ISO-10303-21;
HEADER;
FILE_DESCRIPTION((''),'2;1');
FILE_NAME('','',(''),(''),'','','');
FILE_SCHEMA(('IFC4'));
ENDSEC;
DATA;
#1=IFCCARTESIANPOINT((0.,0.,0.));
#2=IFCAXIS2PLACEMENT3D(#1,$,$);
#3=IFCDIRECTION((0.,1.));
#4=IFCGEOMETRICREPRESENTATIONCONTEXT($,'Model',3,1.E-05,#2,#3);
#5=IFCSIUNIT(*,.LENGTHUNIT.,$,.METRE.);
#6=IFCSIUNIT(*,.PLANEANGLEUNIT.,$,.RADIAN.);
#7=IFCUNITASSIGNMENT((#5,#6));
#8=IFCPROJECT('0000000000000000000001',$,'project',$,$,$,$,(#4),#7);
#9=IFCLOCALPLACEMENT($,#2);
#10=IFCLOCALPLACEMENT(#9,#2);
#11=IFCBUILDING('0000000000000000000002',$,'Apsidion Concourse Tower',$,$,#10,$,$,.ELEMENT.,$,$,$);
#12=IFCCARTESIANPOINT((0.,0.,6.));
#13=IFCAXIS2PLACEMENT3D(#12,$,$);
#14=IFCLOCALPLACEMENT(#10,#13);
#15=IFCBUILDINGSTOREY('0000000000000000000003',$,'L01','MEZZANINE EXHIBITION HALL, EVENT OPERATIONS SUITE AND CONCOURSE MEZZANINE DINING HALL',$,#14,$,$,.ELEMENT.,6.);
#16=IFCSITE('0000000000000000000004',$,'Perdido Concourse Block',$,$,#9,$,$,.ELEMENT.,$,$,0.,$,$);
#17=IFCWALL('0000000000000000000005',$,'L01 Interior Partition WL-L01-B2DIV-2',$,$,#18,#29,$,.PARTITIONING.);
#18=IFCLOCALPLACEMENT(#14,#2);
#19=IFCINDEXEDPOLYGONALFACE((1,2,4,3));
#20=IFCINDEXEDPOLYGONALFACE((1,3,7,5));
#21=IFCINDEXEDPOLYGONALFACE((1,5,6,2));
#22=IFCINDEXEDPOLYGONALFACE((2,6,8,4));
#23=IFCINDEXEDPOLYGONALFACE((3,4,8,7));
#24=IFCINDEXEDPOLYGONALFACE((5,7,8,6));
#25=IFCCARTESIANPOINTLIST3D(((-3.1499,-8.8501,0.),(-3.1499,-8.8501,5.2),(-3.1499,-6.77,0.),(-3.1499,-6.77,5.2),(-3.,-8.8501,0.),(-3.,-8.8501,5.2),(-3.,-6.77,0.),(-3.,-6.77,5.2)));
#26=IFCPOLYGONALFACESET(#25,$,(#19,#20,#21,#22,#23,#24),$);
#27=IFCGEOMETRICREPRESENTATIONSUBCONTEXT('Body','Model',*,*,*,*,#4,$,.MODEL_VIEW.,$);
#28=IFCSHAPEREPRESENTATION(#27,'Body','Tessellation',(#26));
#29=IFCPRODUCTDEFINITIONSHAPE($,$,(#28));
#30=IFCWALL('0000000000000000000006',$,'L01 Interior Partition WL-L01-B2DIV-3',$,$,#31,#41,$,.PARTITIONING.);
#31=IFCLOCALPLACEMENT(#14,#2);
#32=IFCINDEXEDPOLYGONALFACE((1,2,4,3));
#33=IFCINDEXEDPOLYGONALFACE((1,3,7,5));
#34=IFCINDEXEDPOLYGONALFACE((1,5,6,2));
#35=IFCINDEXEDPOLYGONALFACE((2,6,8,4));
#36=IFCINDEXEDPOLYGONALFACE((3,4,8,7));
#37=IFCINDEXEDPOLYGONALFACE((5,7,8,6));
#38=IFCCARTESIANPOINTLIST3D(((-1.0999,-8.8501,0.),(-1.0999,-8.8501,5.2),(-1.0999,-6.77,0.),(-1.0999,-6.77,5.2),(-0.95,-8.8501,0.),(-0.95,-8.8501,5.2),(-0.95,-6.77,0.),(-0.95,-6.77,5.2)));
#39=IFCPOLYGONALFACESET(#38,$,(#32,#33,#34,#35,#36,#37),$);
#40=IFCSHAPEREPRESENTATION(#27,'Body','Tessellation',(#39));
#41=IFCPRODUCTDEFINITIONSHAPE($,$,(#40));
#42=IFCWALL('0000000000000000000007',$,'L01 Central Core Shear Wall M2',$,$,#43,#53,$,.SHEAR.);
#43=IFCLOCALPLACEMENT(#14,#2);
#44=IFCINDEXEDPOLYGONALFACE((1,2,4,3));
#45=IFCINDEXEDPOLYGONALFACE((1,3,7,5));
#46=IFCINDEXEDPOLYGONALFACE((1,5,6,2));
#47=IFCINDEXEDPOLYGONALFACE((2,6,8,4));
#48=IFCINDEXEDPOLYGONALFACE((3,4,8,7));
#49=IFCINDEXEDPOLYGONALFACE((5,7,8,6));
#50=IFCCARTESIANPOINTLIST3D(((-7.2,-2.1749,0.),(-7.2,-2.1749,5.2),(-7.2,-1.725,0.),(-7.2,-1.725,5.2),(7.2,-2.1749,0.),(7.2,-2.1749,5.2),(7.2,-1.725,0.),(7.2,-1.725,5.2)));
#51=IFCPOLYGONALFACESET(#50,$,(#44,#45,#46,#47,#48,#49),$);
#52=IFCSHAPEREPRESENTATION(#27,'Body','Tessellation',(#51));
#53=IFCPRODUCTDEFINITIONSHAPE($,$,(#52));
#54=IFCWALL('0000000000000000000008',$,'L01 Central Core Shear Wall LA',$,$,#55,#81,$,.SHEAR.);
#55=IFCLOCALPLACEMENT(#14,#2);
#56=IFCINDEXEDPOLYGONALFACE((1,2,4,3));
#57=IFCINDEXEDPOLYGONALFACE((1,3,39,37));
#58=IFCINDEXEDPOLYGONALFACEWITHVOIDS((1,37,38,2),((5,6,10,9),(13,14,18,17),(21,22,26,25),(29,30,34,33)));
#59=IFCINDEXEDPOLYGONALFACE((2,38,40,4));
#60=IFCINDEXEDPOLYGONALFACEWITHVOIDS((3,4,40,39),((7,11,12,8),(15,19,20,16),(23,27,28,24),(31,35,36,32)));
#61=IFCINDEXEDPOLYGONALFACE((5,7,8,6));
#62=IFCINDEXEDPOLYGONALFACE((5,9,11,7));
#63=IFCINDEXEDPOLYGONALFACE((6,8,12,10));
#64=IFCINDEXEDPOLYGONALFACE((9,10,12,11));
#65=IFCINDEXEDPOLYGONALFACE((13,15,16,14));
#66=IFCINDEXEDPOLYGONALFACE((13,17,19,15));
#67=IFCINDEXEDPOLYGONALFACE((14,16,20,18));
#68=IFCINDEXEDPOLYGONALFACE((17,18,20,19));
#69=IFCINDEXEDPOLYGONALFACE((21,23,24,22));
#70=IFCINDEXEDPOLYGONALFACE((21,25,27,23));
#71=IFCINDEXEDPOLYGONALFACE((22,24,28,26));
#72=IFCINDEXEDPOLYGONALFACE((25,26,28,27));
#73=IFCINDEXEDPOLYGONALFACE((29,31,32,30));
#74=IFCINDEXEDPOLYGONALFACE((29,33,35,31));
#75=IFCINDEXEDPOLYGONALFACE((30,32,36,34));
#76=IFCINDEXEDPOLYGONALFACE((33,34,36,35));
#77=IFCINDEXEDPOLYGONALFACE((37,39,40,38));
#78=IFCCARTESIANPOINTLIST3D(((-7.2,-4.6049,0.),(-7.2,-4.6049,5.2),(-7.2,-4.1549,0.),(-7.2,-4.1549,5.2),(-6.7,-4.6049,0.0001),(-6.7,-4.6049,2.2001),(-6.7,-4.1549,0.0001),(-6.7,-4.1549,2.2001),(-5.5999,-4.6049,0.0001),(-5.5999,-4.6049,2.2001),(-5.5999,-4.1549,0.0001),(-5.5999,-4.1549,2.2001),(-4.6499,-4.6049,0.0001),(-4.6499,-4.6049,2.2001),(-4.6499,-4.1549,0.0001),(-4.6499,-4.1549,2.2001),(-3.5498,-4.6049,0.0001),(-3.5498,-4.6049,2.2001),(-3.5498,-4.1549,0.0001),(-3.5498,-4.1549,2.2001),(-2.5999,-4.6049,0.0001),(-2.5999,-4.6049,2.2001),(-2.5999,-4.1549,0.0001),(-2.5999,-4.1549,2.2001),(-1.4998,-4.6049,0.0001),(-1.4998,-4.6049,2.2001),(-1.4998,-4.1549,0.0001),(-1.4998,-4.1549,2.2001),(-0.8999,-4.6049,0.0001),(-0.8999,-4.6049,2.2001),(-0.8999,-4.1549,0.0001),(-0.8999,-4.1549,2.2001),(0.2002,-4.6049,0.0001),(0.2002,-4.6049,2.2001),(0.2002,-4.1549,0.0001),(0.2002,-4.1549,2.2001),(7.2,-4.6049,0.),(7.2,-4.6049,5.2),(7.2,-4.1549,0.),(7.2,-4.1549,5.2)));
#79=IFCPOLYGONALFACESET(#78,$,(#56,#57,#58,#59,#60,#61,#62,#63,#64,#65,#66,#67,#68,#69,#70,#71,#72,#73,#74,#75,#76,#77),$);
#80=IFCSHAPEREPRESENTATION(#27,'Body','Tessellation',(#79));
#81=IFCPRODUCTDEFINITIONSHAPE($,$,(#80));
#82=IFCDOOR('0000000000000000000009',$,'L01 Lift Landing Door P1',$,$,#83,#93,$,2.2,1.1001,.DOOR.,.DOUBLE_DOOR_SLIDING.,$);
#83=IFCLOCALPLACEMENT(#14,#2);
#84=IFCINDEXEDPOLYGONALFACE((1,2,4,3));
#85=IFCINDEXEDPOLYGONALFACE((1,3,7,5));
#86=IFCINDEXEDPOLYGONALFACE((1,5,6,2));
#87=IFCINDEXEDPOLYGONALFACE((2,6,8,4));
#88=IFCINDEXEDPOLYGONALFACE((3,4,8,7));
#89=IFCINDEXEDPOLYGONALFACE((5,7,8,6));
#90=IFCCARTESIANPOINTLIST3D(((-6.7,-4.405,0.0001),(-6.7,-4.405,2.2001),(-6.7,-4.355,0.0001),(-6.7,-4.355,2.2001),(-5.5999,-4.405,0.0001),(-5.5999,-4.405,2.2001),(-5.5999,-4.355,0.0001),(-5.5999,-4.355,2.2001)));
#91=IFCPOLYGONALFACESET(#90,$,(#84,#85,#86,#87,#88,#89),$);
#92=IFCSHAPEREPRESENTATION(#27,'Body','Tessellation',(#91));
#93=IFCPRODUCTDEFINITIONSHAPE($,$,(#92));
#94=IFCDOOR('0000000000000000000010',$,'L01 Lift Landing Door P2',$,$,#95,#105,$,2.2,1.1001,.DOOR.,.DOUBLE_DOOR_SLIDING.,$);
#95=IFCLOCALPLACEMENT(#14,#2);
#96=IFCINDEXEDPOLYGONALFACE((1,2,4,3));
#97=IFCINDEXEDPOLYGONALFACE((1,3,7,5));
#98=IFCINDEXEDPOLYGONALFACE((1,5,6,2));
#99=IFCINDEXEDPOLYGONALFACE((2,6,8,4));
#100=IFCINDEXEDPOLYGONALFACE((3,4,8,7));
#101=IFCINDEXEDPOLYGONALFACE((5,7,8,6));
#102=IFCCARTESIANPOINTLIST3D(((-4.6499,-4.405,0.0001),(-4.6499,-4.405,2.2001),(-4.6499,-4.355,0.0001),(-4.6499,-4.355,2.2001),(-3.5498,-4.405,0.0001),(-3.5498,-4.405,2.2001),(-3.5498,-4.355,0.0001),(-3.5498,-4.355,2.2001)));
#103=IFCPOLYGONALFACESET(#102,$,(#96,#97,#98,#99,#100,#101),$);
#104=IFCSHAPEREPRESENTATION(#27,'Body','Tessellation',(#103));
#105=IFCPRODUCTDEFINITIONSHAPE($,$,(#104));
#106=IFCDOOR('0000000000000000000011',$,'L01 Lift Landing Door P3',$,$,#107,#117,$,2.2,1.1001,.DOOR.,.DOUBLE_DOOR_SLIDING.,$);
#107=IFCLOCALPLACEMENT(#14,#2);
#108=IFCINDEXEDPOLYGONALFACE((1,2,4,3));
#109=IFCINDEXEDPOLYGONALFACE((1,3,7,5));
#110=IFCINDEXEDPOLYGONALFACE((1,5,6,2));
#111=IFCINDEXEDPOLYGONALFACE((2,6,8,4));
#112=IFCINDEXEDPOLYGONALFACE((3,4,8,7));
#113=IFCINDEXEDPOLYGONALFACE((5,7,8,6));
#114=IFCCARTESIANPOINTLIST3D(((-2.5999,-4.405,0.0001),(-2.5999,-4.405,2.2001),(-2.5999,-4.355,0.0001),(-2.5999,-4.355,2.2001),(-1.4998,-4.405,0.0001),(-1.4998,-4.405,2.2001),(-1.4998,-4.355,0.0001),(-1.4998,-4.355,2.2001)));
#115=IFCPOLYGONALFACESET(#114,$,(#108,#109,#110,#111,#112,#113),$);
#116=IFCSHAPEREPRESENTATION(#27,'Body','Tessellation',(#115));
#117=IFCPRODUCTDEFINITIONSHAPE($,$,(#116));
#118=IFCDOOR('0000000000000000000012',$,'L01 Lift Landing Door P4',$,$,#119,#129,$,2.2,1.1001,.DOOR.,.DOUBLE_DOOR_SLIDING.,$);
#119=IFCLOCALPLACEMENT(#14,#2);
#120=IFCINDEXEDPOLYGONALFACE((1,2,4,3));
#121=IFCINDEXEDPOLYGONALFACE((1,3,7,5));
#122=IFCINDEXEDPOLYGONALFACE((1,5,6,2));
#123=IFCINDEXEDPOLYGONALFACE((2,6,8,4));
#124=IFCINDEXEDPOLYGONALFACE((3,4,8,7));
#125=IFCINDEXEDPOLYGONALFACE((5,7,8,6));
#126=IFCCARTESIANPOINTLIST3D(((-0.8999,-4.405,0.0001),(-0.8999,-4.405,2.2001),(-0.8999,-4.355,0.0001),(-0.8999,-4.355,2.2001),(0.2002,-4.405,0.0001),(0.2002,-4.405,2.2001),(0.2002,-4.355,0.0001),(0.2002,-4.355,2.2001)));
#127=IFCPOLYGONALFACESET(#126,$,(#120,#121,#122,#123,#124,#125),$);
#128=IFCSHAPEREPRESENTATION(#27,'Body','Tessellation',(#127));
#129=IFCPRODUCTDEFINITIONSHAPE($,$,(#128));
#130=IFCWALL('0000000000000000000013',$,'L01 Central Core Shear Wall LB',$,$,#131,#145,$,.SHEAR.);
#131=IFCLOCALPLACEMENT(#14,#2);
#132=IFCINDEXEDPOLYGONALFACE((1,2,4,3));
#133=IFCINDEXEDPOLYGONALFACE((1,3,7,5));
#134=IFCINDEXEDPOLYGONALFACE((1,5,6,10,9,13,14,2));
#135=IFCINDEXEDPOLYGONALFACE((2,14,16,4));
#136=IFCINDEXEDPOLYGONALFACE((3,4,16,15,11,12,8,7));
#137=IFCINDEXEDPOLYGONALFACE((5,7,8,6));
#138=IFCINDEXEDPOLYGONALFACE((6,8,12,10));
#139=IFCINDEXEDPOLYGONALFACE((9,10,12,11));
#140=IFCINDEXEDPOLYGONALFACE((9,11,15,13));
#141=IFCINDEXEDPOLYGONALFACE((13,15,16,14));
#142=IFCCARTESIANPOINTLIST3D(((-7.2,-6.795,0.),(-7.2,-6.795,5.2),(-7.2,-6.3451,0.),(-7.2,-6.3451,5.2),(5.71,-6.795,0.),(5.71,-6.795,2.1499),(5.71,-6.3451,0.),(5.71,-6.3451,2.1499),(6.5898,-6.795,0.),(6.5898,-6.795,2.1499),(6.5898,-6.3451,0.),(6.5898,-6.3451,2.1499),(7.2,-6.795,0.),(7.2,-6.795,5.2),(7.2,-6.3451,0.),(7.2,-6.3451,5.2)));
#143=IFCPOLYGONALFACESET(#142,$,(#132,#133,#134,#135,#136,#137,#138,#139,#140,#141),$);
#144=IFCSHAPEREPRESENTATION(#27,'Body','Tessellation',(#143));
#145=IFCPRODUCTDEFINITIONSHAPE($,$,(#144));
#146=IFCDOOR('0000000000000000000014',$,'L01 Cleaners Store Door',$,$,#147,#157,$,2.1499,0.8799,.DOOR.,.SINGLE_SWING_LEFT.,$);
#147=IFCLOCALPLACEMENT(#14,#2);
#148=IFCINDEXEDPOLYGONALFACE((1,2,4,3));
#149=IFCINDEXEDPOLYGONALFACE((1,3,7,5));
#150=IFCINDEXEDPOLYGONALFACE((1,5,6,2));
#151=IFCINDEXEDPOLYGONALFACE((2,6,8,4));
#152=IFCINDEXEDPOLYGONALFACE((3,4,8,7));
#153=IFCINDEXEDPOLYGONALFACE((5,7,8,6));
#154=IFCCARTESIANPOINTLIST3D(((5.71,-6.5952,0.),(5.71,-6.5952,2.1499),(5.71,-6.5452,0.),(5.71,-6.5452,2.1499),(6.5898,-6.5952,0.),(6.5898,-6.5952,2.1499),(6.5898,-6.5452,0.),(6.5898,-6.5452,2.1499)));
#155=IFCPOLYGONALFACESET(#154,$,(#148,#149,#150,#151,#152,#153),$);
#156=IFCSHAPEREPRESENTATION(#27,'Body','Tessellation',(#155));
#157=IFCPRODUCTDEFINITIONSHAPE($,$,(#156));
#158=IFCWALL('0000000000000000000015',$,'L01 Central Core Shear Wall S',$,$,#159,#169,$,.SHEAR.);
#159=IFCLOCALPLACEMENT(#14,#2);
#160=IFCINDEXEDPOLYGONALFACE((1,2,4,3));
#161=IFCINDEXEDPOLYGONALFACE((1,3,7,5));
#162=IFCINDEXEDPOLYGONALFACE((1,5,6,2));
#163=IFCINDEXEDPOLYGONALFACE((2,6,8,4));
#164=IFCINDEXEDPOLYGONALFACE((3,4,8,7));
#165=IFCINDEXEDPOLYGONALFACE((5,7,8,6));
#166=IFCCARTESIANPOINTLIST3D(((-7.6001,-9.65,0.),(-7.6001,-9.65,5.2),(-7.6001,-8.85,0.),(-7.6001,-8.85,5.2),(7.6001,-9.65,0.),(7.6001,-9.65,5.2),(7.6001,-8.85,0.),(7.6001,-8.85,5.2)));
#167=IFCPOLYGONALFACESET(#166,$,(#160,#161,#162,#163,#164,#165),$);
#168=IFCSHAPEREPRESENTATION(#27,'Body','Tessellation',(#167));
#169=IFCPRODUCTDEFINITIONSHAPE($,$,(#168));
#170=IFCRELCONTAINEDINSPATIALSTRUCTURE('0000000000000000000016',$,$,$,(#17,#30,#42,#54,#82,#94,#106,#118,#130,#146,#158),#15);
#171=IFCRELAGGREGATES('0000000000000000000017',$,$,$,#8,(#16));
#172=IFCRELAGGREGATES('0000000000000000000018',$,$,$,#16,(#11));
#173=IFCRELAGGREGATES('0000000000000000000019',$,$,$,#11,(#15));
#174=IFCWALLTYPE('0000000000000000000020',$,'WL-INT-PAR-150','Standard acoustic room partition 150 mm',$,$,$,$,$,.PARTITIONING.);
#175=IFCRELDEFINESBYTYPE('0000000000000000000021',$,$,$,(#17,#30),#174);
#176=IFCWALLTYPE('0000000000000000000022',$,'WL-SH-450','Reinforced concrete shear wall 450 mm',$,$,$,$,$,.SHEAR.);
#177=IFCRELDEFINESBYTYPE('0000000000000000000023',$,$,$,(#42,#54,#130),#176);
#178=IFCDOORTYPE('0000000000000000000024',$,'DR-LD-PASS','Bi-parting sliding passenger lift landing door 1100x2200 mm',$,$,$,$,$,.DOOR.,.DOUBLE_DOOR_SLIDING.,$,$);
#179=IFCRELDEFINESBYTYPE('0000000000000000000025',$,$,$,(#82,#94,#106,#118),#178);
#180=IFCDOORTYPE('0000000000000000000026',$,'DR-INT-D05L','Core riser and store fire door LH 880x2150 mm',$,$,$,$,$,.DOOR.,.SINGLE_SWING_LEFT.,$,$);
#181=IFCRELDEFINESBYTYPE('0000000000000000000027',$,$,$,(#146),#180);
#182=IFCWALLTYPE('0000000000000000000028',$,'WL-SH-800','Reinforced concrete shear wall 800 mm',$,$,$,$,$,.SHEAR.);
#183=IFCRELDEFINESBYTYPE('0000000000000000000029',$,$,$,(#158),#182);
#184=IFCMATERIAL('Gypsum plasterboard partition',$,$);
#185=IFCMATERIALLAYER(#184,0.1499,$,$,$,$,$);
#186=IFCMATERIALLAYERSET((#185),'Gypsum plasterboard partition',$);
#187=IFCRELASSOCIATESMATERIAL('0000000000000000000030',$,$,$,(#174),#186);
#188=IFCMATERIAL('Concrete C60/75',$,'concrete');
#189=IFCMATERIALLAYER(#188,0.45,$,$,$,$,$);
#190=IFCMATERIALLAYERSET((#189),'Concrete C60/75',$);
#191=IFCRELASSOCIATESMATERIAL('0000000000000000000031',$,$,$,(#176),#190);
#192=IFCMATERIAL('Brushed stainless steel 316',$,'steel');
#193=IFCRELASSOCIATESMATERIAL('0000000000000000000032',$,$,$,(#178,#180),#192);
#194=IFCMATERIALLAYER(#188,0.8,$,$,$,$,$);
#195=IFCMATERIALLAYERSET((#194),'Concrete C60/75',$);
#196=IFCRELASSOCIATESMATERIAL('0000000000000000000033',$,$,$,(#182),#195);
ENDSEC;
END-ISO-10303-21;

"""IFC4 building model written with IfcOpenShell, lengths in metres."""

from ifc_helpers import new_model, si_unit, direction, frame, frame_2d, origin, place, context, subcontext, project, spatial, rectangle, extrude, material, layer, layer_set, type_object, element, fill, save


model = new_model("IFC4")

# Units and contexts
model_context = context("Model", 3, precision=1e-05, world=origin(), true_north=direction((0.0, 1.0)))
body_context = subcontext(model_context, "Body", "Model", "MODEL_VIEW")
ifc_project = project(units=[si_unit("LENGTHUNIT", "METRE"), si_unit("PLANEANGLEUNIT", "RADIAN")], contexts=[model_context])

# Site, building, storey
site_placement = place(None, origin())
site = spatial("IfcSite", under=ifc_project, at=site_placement, Name="Perdido Concourse Block", CompositionType="ELEMENT", RefElevation=0.0)
building_placement = place(site_placement, origin())
building = spatial("IfcBuilding", under=site, at=building_placement, Name="Apsidion Concourse Tower", CompositionType="ELEMENT")
storey_placement = place(building_placement, frame((0.0, 0.0, 6.0)))
storey = spatial("IfcBuildingStorey", under=building, at=storey_placement, Name="L01", Description="MEZZANINE EXHIBITION HALL, EVENT OPERATIONS SUITE AND CONCOURSE MEZZANINE DINING HALL", CompositionType="ELEMENT", Elevation=6.0)

# Shared definitions
ifc_material_1 = material(Name="Concrete C60/75", Category="concrete")

# Walls
ifc_material_2 = material(Name="Gypsum plasterboard partition")
ifc_layer_1 = layer(ifc_material_2, 0.1499)
ifc_layer_set_1 = layer_set([ifc_layer_1], Name="Gypsum plasterboard partition")
wall_type_1 = type_object("IfcWallType", Name="WL-INT-PAR-150", Description="Standard acoustic room partition 150 mm", PredefinedType="PARTITIONING", material=ifc_layer_set_1)
for number, where, z_axis, x_axis, name in (
    (1, (-3.075, -8.8501, 0.0), (0.0, 0.0, 1.0), (0.0, 1.0, 0.0), "L01 Interior Partition WL-L01-B2DIV-2"),
    (2, (-1.0249, -8.8501, 0.0), (0.0, 0.0, 1.0), (0.0, 1.0, 0.0), "L01 Interior Partition WL-L01-B2DIV-3"),
):
    element("IfcWall", number, at=place(storey_placement, frame(where, z_axis=z_axis, x_axis=x_axis)), inside=storey, type_object=wall_type_1, Name=name, PredefinedType="PARTITIONING", context=body_context, shape_type="SweptSolid", body=[
        extrude(rectangle(XDim=2.0801, YDim=0.1499, at=frame_2d((1.04, 0.0))), origin(), (0.0, 0.0, 1.0), 5.2),
    ])

# Shared definitions
ifc_material_3 = material(Name="Brushed stainless steel 316", Category="steel")

# Wall
ifc_layer_2 = layer(ifc_material_1, 0.45)
ifc_layer_set_2 = layer_set([ifc_layer_2], Name="Concrete C60/75")
wall_type_2 = type_object("IfcWallType", Name="WL-SH-450", Description="Reinforced concrete shear wall 450 mm", PredefinedType="SHEAR", material=ifc_layer_set_2)
wall_1_placement = place(storey_placement, frame((-7.2, -1.95, 0.0), z_axis=(0.0, 0.0, 1.0), x_axis=(1.0, 0.0, 0.0)))
element("IfcWall", 3, at=wall_1_placement, inside=storey, type_object=wall_type_2, Name="L01 Central Core Shear Wall M2", PredefinedType="SHEAR", context=body_context, shape_type="SweptSolid", body=[
    extrude(rectangle(XDim=14.3999, YDim=0.45, at=frame_2d((7.2, 0.0))), origin(), (0.0, 0.0, 1.0), 5.2),
])

# Wall, openings, doors
wall_2_placement = place(storey_placement, frame((-7.2, -4.3799, 0.0), z_axis=(0.0, 0.0, 1.0), x_axis=(1.0, 0.0, 0.0)))
wall_2 = element("IfcWall", 4, at=wall_2_placement, inside=storey, type_object=wall_type_2, Name="L01 Central Core Shear Wall LA", PredefinedType="SHEAR", context=body_context, shape_type="SweptSolid", body=[
    extrude(rectangle(XDim=14.3999, YDim=0.45, at=frame_2d((7.2, 0.0))), origin(), (0.0, 0.0, 1.0), 5.2),
])
opening_1_placement = place(wall_2_placement, frame((0.5, 0.0, 0.0)))
opening_1 = element("IfcOpeningElement", 5, at=opening_1_placement, cuts=wall_2, PredefinedType="OPENING", context=body_context, shape_type="SweptSolid", body=[
    extrude(rectangle(XDim=1.1001, YDim=2.2, at=frame_2d((0.55, 1.1001))), frame((0.0, 0.2349, 0.0), z_axis=(0.0, -1.0, 0.0), x_axis=(1.0, 0.0, 0.0)), (0.0, 0.0, 1.0), 0.47),
])
opening_2_placement = place(wall_2_placement, frame((2.55, 0.0, 0.0)))
opening_2 = element("IfcOpeningElement", 6, at=opening_2_placement, cuts=wall_2, PredefinedType="OPENING", context=body_context, shape_type="SweptSolid", body=[
    extrude(rectangle(XDim=1.1001, YDim=2.2, at=frame_2d((0.55, 1.1001))), frame((0.0, 0.2349, 0.0), z_axis=(0.0, -1.0, 0.0), x_axis=(1.0, 0.0, 0.0)), (0.0, 0.0, 1.0), 0.47),
])
opening_3_placement = place(wall_2_placement, frame((4.6001, 0.0, 0.0)))
opening_3 = element("IfcOpeningElement", 7, at=opening_3_placement, cuts=wall_2, PredefinedType="OPENING", context=body_context, shape_type="SweptSolid", body=[
    extrude(rectangle(XDim=1.1001, YDim=2.2, at=frame_2d((0.55, 1.1001))), frame((0.0, 0.2349, 0.0), z_axis=(0.0, -1.0, 0.0), x_axis=(1.0, 0.0, 0.0)), (0.0, 0.0, 1.0), 0.47),
])
opening_4_placement = place(wall_2_placement, frame((6.3, 0.0, 0.0)))
opening_4 = element("IfcOpeningElement", 8, at=opening_4_placement, cuts=wall_2, PredefinedType="OPENING", context=body_context, shape_type="SweptSolid", body=[
    extrude(rectangle(XDim=1.1001, YDim=2.2, at=frame_2d((0.55, 1.1001))), frame((0.0, 0.2349, 0.0), z_axis=(0.0, -1.0, 0.0), x_axis=(1.0, 0.0, 0.0)), (0.0, 0.0, 1.0), 0.47),
])
door_type_1 = type_object("IfcDoorType", Name="DR-LD-PASS", Description="Bi-parting sliding passenger lift landing door 1100x2200 mm", OperationType="DOUBLE_DOOR_SLIDING", PredefinedType="DOOR", material=ifc_material_3)
door_1_placement = place(opening_1_placement, origin())
door_1 = element("IfcDoor", 9, at=door_1_placement, inside=storey, type_object=door_type_1, Name="L01 Lift Landing Door P1", OperationType="DOUBLE_DOOR_SLIDING", OverallHeight=2.2, OverallWidth=1.1001, PredefinedType="DOOR", context=body_context, shape_type="SweptSolid", body=[
    extrude(rectangle(XDim=1.1001, YDim=2.2, at=frame_2d((0.55, 1.1001))), frame((0.0, 0.0249, 0.0), z_axis=(0.0, -1.0, 0.0), x_axis=(1.0, 0.0, 0.0)), (0.0, 0.0, 1.0), 0.05),
])
fill(opening_1, door_1)
door_2_placement = place(opening_2_placement, origin())
door_2 = element("IfcDoor", 10, at=door_2_placement, inside=storey, type_object=door_type_1, Name="L01 Lift Landing Door P2", OperationType="DOUBLE_DOOR_SLIDING", OverallHeight=2.2, OverallWidth=1.1001, PredefinedType="DOOR", context=body_context, shape_type="SweptSolid", body=[
    extrude(rectangle(XDim=1.1001, YDim=2.2, at=frame_2d((0.55, 1.1001))), frame((0.0, 0.0249, 0.0), z_axis=(0.0, -1.0, 0.0), x_axis=(1.0, 0.0, 0.0)), (0.0, 0.0, 1.0), 0.05),
])
fill(opening_2, door_2)
door_3_placement = place(opening_3_placement, origin())
door_3 = element("IfcDoor", 11, at=door_3_placement, inside=storey, type_object=door_type_1, Name="L01 Lift Landing Door P3", OperationType="DOUBLE_DOOR_SLIDING", OverallHeight=2.2, OverallWidth=1.1001, PredefinedType="DOOR", context=body_context, shape_type="SweptSolid", body=[
    extrude(rectangle(XDim=1.1001, YDim=2.2, at=frame_2d((0.55, 1.1001))), frame((0.0, 0.0249, 0.0), z_axis=(0.0, -1.0, 0.0), x_axis=(1.0, 0.0, 0.0)), (0.0, 0.0, 1.0), 0.05),
])
fill(opening_3, door_3)
door_4_placement = place(opening_4_placement, origin())
door_4 = element("IfcDoor", 12, at=door_4_placement, inside=storey, type_object=door_type_1, Name="L01 Lift Landing Door P4", OperationType="DOUBLE_DOOR_SLIDING", OverallHeight=2.2, OverallWidth=1.1001, PredefinedType="DOOR", context=body_context, shape_type="SweptSolid", body=[
    extrude(rectangle(XDim=1.1001, YDim=2.2, at=frame_2d((0.55, 1.1001))), frame((0.0, 0.0249, 0.0), z_axis=(0.0, -1.0, 0.0), x_axis=(1.0, 0.0, 0.0)), (0.0, 0.0, 1.0), 0.05),
])
fill(opening_4, door_4)

# Wall, opening, door
wall_3_placement = place(storey_placement, frame((-7.2, -6.5701, 0.0), z_axis=(0.0, 0.0, 1.0), x_axis=(1.0, 0.0, 0.0)))
wall_3 = element("IfcWall", 13, at=wall_3_placement, inside=storey, type_object=wall_type_2, Name="L01 Central Core Shear Wall LB", PredefinedType="SHEAR", context=body_context, shape_type="SweptSolid", body=[
    extrude(rectangle(XDim=14.3999, YDim=0.45, at=frame_2d((7.2, 0.0))), origin(), (0.0, 0.0, 1.0), 5.2),
])
opening_5_placement = place(wall_3_placement, frame((12.9099, 0.0, 0.0)))
opening_5 = element("IfcOpeningElement", 14, at=opening_5_placement, cuts=wall_3, PredefinedType="OPENING", context=body_context, shape_type="SweptSolid", body=[
    extrude(rectangle(XDim=0.8799, YDim=2.1499, at=frame_2d((0.4399, 1.075))), frame((0.0, 0.2349, 0.0), z_axis=(0.0, -1.0, 0.0), x_axis=(1.0, 0.0, 0.0)), (0.0, 0.0, 1.0), 0.47),
])
door_type_2 = type_object("IfcDoorType", Name="DR-INT-D05L", Description="Core riser and store fire door LH 880x2150 mm", OperationType="SINGLE_SWING_LEFT", PredefinedType="DOOR", material=ifc_material_3)
door_5_placement = place(opening_5_placement, origin())
door_5 = element("IfcDoor", 15, at=door_5_placement, inside=storey, type_object=door_type_2, Name="L01 Cleaners Store Door", OperationType="SINGLE_SWING_LEFT", OverallHeight=2.1499, OverallWidth=0.8799, PredefinedType="DOOR", context=body_context, shape_type="SweptSolid", body=[
    extrude(rectangle(XDim=0.8799, YDim=2.1499, at=frame_2d((0.4399, 1.075))), frame((0.0, 0.0249, 0.0), z_axis=(0.0, -1.0, 0.0), x_axis=(1.0, 0.0, 0.0)), (0.0, 0.0, 1.0), 0.05),
])
fill(opening_5, door_5)

# Shared definitions
ifc_layer_3 = layer(ifc_material_1, 0.8)
ifc_layer_set_3 = layer_set([ifc_layer_3], Name="Concrete C60/75")
wall_type_3 = type_object("IfcWallType", Name="WL-SH-800", Description="Reinforced concrete shear wall 800 mm", PredefinedType="SHEAR", material=ifc_layer_set_3)

# Wall
wall_4_placement = place(storey_placement, frame((-7.6001, -9.25, 0.0), z_axis=(0.0, 0.0, 1.0), x_axis=(1.0, 0.0, 0.0)))
element("IfcWall", 16, at=wall_4_placement, inside=storey, type_object=wall_type_3, Name="L01 Central Core Shear Wall S", PredefinedType="SHEAR", context=body_context, shape_type="SweptSolid", body=[
    extrude(rectangle(XDim=15.2002, YDim=0.8, at=frame_2d((7.6001, 0.0))), origin(), (0.0, 0.0, 1.0), 5.2),
])

save(model, "model.ifc")
